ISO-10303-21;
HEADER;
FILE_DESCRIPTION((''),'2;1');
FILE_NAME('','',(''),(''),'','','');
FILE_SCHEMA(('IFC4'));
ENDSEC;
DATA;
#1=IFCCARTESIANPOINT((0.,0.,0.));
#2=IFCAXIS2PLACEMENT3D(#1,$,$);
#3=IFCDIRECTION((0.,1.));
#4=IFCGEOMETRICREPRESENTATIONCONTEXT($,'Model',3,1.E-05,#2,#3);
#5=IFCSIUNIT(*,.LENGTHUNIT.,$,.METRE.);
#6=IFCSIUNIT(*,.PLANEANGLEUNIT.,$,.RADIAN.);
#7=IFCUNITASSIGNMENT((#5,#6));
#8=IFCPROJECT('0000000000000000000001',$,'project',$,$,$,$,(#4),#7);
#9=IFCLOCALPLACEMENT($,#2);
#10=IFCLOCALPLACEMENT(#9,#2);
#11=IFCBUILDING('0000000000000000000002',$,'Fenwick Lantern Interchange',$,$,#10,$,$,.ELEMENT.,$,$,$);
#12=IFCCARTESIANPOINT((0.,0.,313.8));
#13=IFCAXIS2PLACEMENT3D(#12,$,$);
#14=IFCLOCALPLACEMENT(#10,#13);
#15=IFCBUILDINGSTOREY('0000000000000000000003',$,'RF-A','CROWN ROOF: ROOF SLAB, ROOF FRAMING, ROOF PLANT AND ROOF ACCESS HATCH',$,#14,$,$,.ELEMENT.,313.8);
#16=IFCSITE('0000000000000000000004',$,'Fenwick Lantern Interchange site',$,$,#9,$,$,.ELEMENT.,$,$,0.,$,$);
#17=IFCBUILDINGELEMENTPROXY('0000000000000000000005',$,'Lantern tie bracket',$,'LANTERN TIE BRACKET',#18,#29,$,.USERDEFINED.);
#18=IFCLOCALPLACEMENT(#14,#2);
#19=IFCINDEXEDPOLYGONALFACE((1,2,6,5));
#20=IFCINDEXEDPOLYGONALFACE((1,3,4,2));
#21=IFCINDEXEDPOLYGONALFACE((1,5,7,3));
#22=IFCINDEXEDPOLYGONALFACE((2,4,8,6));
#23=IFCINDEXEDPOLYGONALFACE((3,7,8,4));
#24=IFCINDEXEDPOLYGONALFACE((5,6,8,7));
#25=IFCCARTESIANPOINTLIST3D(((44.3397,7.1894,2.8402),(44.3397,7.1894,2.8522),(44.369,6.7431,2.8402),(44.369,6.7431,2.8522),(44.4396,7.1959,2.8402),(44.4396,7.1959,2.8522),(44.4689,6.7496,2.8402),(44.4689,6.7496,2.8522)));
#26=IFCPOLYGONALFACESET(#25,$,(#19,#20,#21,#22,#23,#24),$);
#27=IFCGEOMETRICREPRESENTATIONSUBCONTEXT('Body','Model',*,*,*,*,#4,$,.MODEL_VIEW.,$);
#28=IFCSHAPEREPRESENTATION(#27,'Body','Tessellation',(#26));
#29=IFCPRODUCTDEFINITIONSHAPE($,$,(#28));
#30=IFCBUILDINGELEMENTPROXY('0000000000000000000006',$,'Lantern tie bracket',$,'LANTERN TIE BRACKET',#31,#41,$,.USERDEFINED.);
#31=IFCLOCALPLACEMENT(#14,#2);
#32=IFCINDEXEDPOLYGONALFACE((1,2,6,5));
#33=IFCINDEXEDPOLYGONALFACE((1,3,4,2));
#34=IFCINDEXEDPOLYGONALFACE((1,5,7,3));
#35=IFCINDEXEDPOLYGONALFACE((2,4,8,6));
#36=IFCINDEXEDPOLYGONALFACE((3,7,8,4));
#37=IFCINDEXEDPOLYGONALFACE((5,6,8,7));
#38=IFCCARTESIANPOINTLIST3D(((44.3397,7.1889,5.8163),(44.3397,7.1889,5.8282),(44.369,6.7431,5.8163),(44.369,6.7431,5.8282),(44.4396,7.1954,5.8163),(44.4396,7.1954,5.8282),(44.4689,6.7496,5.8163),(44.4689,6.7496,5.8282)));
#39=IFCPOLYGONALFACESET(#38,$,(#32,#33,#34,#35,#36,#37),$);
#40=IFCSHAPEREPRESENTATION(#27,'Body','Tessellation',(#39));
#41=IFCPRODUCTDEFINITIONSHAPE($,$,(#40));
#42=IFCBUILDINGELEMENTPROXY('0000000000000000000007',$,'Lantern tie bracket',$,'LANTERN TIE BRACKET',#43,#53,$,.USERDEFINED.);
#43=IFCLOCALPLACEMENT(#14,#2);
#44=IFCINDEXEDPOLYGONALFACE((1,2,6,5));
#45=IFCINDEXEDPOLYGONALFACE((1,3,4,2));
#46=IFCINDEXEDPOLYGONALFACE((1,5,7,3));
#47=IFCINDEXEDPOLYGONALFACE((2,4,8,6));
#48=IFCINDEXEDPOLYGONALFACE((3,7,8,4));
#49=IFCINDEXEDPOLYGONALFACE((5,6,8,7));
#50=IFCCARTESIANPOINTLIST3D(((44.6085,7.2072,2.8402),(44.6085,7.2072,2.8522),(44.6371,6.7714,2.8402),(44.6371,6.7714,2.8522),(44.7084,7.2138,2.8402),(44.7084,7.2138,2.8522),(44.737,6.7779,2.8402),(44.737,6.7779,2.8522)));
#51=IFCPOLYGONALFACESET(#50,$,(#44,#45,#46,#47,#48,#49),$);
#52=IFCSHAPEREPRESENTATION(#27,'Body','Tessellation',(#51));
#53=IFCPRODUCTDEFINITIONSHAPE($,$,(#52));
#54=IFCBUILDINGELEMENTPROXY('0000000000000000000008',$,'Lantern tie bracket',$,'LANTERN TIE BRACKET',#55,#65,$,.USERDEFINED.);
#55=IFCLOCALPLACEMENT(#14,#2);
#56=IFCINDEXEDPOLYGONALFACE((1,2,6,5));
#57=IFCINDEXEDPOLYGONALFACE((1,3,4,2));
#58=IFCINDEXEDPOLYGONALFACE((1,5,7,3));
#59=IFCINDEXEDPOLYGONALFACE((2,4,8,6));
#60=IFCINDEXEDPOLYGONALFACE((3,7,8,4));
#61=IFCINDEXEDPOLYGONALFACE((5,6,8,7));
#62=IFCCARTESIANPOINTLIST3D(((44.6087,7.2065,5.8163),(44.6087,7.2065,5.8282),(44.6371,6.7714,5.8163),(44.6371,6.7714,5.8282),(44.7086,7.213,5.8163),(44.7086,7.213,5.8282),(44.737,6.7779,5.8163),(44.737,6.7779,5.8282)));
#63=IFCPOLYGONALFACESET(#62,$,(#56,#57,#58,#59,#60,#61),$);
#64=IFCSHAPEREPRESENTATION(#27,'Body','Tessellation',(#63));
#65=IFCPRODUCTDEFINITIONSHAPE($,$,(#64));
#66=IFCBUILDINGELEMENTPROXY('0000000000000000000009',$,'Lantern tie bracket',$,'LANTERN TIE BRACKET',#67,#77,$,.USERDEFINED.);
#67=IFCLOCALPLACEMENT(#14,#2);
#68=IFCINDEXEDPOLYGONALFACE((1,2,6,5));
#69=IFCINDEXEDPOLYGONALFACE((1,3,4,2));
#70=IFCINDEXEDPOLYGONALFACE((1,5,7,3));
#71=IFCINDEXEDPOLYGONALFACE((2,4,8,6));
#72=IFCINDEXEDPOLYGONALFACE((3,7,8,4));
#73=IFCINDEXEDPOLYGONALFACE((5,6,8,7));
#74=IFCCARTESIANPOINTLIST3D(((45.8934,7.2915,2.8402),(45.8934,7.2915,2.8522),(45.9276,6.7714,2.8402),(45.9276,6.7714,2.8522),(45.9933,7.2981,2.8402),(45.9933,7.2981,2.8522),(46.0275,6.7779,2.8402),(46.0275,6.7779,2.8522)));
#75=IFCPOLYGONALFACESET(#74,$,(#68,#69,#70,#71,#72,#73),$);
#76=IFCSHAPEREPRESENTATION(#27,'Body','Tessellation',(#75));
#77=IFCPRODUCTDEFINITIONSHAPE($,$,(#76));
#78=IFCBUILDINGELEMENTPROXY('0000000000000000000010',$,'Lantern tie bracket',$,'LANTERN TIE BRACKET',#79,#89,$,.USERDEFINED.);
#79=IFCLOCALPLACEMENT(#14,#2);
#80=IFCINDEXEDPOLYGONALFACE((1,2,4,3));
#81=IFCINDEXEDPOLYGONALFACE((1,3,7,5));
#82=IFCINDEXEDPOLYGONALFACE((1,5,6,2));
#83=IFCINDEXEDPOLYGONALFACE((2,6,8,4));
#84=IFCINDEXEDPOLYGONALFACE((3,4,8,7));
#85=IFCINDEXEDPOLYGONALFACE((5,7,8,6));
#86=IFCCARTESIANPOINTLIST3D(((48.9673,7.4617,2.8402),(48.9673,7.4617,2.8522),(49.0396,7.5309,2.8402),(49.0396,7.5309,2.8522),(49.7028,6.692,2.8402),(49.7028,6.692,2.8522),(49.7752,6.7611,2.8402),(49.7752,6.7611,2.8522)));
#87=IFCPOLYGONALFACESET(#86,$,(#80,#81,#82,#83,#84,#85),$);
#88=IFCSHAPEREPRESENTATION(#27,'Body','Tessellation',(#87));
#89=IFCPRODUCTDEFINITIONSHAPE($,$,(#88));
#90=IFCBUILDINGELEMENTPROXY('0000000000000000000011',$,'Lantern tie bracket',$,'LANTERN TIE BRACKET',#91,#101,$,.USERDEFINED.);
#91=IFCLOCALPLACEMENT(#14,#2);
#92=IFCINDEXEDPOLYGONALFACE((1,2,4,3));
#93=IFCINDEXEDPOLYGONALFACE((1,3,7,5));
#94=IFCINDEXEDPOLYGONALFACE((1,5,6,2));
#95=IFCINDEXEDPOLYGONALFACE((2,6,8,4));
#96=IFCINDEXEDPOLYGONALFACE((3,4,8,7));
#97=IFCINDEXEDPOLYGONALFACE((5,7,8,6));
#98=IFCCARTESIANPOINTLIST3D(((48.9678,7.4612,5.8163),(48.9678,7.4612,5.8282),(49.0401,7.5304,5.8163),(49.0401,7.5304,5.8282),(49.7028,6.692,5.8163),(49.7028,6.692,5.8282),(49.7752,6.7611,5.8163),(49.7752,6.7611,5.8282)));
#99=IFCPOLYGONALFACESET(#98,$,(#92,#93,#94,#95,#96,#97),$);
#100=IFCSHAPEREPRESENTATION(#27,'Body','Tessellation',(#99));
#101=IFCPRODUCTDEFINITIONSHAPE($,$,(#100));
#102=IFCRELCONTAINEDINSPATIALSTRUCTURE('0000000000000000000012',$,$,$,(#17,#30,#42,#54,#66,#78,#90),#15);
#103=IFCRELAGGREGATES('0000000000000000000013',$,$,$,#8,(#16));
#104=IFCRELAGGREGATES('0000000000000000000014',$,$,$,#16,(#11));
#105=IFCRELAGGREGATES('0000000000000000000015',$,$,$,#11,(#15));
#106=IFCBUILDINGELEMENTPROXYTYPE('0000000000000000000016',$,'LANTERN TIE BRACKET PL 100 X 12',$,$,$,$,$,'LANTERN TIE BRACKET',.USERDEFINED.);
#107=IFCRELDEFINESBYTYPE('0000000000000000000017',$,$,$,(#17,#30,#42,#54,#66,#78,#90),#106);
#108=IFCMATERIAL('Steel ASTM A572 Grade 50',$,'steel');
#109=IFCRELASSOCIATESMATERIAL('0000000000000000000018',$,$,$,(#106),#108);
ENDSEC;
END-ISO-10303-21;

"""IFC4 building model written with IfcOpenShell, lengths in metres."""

from ifc_helpers import new_model, si_unit, direction, frame, origin, origin_2d, place, context, subcontext, project, spatial, rectangle, extrude, material, material_profile, profile_set, type_object, element, save


model = new_model("IFC4")

# Units and contexts
model_context = context("Model", 3, precision=1e-05, world=origin(), true_north=direction((0.0, 1.0)))
body_context = subcontext(model_context, "Body", "Model", "MODEL_VIEW")
ifc_project = project(units=[si_unit("LENGTHUNIT", "METRE"), si_unit("PLANEANGLEUNIT", "RADIAN")], contexts=[model_context])

# Site, building, storey
site_placement = place(None, origin())
site = spatial("IfcSite", under=ifc_project, at=site_placement, Name="Fenwick Lantern Interchange site", CompositionType="ELEMENT", RefElevation=0.0)
building_placement = place(site_placement, origin())
building = spatial("IfcBuilding", under=site, at=building_placement, Name="Fenwick Lantern Interchange", CompositionType="ELEMENT")
storey_placement = place(building_placement, frame((0.0, 0.0, 313.8)))
storey = spatial("IfcBuildingStorey", under=building, at=storey_placement, Name="RF-A", Description="CROWN ROOF: ROOF SLAB, ROOF FRAMING, ROOF PLANT AND ROOF ACCESS HATCH", CompositionType="ELEMENT", Elevation=313.8)

# Building element proxies
ifc_material_1 = material(Name="Steel ASTM A572 Grade 50", Category="steel")
ifc_material_profile_1 = material_profile(ifc_material_1, rectangle(XDim=0.1001, YDim=0.012, at=origin_2d()), Name="PL100X12")
ifc_profile_set_1 = profile_set([ifc_material_profile_1], Name="Steel ASTM A572 Grade 50")
building_element_proxy_type = type_object("IfcBuildingElementProxyType", Name="LANTERN TIE BRACKET PL 100 X 12", ElementType="LANTERN TIE BRACKET", PredefinedType="USERDEFINED", material=ifc_profile_set_1)
proxy_1_placement = place(storey_placement, frame((44.4189, 6.7463, 2.8462), z_axis=(-0.065505, 0.997852, 0.0), x_axis=(-0.997852, -0.065505, 0.0)))
element("IfcBuildingElementProxy", 1, at=proxy_1_placement, inside=storey, type_object=building_element_proxy_type, Name="Lantern tie bracket", ObjectType="LANTERN TIE BRACKET", PredefinedType="USERDEFINED", context=body_context, shape_type="SweptSolid", body=[
    extrude(rectangle(XDim=0.1001, YDim=0.012, at=origin_2d()), origin(), (0.0, 0.0, 1.0), 0.4473),
])
proxy_2_placement = place(storey_placement, frame((44.4189, 6.7463, 5.8223), z_axis=(-0.065576, 0.997848, 0.0), x_axis=(-0.997848, -0.065576, 0.0)))
element("IfcBuildingElementProxy", 2, at=proxy_2_placement, inside=storey, type_object=building_element_proxy_type, Name="Lantern tie bracket", ObjectType="LANTERN TIE BRACKET", PredefinedType="USERDEFINED", context=body_context, shape_type="SweptSolid", body=[
    extrude(rectangle(XDim=0.1001, YDim=0.012, at=origin_2d()), origin(), (0.0, 0.0, 1.0), 0.4468),
])
proxy_3_placement = place(storey_placement, frame((44.687, 6.7747, 2.8462), z_axis=(-0.065406, 0.997859, 0.0), x_axis=(-0.997859, -0.065406, 0.0)))
element("IfcBuildingElementProxy", 3, at=proxy_3_placement, inside=storey, type_object=building_element_proxy_type, Name="Lantern tie bracket", ObjectType="LANTERN TIE BRACKET", PredefinedType="USERDEFINED", context=body_context, shape_type="SweptSolid", body=[
    extrude(rectangle(XDim=0.1001, YDim=0.012, at=origin_2d()), origin(), (0.0, 0.0, 1.0), 0.4368),
])
proxy_4_placement = place(storey_placement, frame((44.687, 6.7747, 5.8223), z_axis=(-0.064958, 0.997888, 0.0), x_axis=(-0.997888, -0.064958, 0.0)))
element("IfcBuildingElementProxy", 4, at=proxy_4_placement, inside=storey, type_object=building_element_proxy_type, Name="Lantern tie bracket", ObjectType="LANTERN TIE BRACKET", PredefinedType="USERDEFINED", context=body_context, shape_type="SweptSolid", body=[
    extrude(rectangle(XDim=0.1001, YDim=0.012, at=origin_2d()), origin(), (0.0, 0.0, 1.0), 0.436),
])
proxy_5_placement = place(storey_placement, frame((45.9775, 6.7747, 2.8462), z_axis=(-0.065586, 0.997847, 0.0), x_axis=(-0.997847, -0.065586, 0.0)))
element("IfcBuildingElementProxy", 5, at=proxy_5_placement, inside=storey, type_object=building_element_proxy_type, Name="Lantern tie bracket", ObjectType="LANTERN TIE BRACKET", PredefinedType="USERDEFINED", context=body_context, shape_type="SweptSolid", body=[
    extrude(rectangle(XDim=0.1001, YDim=0.012, at=origin_2d()), origin(), (0.0, 0.0, 1.0), 0.5212),
])
proxy_6_placement = place(storey_placement, frame((49.739, 6.7266, 2.8462), z_axis=(-0.690874, 0.722975, 0.0), x_axis=(-0.722975, -0.690874, 0.0)))
element("IfcBuildingElementProxy", 6, at=proxy_6_placement, inside=storey, type_object=building_element_proxy_type, Name="Lantern tie bracket", ObjectType="LANTERN TIE BRACKET", PredefinedType="USERDEFINED", context=body_context, shape_type="SweptSolid", body=[
    extrude(rectangle(XDim=0.1001, YDim=0.012, at=origin_2d()), origin(), (0.0, 0.0, 1.0), 1.0647),
])
proxy_7_placement = place(storey_placement, frame((49.739, 6.7266, 5.8223), z_axis=(-0.690863, 0.722986, 0.0), x_axis=(-0.722986, -0.690863, 0.0)))
element("IfcBuildingElementProxy", 7, at=proxy_7_placement, inside=storey, type_object=building_element_proxy_type, Name="Lantern tie bracket", ObjectType="LANTERN TIE BRACKET", PredefinedType="USERDEFINED", context=body_context, shape_type="SweptSolid", body=[
    extrude(rectangle(XDim=0.1001, YDim=0.012, at=origin_2d()), origin(), (0.0, 0.0, 1.0), 1.064),
])

save(model, "model.ifc")
